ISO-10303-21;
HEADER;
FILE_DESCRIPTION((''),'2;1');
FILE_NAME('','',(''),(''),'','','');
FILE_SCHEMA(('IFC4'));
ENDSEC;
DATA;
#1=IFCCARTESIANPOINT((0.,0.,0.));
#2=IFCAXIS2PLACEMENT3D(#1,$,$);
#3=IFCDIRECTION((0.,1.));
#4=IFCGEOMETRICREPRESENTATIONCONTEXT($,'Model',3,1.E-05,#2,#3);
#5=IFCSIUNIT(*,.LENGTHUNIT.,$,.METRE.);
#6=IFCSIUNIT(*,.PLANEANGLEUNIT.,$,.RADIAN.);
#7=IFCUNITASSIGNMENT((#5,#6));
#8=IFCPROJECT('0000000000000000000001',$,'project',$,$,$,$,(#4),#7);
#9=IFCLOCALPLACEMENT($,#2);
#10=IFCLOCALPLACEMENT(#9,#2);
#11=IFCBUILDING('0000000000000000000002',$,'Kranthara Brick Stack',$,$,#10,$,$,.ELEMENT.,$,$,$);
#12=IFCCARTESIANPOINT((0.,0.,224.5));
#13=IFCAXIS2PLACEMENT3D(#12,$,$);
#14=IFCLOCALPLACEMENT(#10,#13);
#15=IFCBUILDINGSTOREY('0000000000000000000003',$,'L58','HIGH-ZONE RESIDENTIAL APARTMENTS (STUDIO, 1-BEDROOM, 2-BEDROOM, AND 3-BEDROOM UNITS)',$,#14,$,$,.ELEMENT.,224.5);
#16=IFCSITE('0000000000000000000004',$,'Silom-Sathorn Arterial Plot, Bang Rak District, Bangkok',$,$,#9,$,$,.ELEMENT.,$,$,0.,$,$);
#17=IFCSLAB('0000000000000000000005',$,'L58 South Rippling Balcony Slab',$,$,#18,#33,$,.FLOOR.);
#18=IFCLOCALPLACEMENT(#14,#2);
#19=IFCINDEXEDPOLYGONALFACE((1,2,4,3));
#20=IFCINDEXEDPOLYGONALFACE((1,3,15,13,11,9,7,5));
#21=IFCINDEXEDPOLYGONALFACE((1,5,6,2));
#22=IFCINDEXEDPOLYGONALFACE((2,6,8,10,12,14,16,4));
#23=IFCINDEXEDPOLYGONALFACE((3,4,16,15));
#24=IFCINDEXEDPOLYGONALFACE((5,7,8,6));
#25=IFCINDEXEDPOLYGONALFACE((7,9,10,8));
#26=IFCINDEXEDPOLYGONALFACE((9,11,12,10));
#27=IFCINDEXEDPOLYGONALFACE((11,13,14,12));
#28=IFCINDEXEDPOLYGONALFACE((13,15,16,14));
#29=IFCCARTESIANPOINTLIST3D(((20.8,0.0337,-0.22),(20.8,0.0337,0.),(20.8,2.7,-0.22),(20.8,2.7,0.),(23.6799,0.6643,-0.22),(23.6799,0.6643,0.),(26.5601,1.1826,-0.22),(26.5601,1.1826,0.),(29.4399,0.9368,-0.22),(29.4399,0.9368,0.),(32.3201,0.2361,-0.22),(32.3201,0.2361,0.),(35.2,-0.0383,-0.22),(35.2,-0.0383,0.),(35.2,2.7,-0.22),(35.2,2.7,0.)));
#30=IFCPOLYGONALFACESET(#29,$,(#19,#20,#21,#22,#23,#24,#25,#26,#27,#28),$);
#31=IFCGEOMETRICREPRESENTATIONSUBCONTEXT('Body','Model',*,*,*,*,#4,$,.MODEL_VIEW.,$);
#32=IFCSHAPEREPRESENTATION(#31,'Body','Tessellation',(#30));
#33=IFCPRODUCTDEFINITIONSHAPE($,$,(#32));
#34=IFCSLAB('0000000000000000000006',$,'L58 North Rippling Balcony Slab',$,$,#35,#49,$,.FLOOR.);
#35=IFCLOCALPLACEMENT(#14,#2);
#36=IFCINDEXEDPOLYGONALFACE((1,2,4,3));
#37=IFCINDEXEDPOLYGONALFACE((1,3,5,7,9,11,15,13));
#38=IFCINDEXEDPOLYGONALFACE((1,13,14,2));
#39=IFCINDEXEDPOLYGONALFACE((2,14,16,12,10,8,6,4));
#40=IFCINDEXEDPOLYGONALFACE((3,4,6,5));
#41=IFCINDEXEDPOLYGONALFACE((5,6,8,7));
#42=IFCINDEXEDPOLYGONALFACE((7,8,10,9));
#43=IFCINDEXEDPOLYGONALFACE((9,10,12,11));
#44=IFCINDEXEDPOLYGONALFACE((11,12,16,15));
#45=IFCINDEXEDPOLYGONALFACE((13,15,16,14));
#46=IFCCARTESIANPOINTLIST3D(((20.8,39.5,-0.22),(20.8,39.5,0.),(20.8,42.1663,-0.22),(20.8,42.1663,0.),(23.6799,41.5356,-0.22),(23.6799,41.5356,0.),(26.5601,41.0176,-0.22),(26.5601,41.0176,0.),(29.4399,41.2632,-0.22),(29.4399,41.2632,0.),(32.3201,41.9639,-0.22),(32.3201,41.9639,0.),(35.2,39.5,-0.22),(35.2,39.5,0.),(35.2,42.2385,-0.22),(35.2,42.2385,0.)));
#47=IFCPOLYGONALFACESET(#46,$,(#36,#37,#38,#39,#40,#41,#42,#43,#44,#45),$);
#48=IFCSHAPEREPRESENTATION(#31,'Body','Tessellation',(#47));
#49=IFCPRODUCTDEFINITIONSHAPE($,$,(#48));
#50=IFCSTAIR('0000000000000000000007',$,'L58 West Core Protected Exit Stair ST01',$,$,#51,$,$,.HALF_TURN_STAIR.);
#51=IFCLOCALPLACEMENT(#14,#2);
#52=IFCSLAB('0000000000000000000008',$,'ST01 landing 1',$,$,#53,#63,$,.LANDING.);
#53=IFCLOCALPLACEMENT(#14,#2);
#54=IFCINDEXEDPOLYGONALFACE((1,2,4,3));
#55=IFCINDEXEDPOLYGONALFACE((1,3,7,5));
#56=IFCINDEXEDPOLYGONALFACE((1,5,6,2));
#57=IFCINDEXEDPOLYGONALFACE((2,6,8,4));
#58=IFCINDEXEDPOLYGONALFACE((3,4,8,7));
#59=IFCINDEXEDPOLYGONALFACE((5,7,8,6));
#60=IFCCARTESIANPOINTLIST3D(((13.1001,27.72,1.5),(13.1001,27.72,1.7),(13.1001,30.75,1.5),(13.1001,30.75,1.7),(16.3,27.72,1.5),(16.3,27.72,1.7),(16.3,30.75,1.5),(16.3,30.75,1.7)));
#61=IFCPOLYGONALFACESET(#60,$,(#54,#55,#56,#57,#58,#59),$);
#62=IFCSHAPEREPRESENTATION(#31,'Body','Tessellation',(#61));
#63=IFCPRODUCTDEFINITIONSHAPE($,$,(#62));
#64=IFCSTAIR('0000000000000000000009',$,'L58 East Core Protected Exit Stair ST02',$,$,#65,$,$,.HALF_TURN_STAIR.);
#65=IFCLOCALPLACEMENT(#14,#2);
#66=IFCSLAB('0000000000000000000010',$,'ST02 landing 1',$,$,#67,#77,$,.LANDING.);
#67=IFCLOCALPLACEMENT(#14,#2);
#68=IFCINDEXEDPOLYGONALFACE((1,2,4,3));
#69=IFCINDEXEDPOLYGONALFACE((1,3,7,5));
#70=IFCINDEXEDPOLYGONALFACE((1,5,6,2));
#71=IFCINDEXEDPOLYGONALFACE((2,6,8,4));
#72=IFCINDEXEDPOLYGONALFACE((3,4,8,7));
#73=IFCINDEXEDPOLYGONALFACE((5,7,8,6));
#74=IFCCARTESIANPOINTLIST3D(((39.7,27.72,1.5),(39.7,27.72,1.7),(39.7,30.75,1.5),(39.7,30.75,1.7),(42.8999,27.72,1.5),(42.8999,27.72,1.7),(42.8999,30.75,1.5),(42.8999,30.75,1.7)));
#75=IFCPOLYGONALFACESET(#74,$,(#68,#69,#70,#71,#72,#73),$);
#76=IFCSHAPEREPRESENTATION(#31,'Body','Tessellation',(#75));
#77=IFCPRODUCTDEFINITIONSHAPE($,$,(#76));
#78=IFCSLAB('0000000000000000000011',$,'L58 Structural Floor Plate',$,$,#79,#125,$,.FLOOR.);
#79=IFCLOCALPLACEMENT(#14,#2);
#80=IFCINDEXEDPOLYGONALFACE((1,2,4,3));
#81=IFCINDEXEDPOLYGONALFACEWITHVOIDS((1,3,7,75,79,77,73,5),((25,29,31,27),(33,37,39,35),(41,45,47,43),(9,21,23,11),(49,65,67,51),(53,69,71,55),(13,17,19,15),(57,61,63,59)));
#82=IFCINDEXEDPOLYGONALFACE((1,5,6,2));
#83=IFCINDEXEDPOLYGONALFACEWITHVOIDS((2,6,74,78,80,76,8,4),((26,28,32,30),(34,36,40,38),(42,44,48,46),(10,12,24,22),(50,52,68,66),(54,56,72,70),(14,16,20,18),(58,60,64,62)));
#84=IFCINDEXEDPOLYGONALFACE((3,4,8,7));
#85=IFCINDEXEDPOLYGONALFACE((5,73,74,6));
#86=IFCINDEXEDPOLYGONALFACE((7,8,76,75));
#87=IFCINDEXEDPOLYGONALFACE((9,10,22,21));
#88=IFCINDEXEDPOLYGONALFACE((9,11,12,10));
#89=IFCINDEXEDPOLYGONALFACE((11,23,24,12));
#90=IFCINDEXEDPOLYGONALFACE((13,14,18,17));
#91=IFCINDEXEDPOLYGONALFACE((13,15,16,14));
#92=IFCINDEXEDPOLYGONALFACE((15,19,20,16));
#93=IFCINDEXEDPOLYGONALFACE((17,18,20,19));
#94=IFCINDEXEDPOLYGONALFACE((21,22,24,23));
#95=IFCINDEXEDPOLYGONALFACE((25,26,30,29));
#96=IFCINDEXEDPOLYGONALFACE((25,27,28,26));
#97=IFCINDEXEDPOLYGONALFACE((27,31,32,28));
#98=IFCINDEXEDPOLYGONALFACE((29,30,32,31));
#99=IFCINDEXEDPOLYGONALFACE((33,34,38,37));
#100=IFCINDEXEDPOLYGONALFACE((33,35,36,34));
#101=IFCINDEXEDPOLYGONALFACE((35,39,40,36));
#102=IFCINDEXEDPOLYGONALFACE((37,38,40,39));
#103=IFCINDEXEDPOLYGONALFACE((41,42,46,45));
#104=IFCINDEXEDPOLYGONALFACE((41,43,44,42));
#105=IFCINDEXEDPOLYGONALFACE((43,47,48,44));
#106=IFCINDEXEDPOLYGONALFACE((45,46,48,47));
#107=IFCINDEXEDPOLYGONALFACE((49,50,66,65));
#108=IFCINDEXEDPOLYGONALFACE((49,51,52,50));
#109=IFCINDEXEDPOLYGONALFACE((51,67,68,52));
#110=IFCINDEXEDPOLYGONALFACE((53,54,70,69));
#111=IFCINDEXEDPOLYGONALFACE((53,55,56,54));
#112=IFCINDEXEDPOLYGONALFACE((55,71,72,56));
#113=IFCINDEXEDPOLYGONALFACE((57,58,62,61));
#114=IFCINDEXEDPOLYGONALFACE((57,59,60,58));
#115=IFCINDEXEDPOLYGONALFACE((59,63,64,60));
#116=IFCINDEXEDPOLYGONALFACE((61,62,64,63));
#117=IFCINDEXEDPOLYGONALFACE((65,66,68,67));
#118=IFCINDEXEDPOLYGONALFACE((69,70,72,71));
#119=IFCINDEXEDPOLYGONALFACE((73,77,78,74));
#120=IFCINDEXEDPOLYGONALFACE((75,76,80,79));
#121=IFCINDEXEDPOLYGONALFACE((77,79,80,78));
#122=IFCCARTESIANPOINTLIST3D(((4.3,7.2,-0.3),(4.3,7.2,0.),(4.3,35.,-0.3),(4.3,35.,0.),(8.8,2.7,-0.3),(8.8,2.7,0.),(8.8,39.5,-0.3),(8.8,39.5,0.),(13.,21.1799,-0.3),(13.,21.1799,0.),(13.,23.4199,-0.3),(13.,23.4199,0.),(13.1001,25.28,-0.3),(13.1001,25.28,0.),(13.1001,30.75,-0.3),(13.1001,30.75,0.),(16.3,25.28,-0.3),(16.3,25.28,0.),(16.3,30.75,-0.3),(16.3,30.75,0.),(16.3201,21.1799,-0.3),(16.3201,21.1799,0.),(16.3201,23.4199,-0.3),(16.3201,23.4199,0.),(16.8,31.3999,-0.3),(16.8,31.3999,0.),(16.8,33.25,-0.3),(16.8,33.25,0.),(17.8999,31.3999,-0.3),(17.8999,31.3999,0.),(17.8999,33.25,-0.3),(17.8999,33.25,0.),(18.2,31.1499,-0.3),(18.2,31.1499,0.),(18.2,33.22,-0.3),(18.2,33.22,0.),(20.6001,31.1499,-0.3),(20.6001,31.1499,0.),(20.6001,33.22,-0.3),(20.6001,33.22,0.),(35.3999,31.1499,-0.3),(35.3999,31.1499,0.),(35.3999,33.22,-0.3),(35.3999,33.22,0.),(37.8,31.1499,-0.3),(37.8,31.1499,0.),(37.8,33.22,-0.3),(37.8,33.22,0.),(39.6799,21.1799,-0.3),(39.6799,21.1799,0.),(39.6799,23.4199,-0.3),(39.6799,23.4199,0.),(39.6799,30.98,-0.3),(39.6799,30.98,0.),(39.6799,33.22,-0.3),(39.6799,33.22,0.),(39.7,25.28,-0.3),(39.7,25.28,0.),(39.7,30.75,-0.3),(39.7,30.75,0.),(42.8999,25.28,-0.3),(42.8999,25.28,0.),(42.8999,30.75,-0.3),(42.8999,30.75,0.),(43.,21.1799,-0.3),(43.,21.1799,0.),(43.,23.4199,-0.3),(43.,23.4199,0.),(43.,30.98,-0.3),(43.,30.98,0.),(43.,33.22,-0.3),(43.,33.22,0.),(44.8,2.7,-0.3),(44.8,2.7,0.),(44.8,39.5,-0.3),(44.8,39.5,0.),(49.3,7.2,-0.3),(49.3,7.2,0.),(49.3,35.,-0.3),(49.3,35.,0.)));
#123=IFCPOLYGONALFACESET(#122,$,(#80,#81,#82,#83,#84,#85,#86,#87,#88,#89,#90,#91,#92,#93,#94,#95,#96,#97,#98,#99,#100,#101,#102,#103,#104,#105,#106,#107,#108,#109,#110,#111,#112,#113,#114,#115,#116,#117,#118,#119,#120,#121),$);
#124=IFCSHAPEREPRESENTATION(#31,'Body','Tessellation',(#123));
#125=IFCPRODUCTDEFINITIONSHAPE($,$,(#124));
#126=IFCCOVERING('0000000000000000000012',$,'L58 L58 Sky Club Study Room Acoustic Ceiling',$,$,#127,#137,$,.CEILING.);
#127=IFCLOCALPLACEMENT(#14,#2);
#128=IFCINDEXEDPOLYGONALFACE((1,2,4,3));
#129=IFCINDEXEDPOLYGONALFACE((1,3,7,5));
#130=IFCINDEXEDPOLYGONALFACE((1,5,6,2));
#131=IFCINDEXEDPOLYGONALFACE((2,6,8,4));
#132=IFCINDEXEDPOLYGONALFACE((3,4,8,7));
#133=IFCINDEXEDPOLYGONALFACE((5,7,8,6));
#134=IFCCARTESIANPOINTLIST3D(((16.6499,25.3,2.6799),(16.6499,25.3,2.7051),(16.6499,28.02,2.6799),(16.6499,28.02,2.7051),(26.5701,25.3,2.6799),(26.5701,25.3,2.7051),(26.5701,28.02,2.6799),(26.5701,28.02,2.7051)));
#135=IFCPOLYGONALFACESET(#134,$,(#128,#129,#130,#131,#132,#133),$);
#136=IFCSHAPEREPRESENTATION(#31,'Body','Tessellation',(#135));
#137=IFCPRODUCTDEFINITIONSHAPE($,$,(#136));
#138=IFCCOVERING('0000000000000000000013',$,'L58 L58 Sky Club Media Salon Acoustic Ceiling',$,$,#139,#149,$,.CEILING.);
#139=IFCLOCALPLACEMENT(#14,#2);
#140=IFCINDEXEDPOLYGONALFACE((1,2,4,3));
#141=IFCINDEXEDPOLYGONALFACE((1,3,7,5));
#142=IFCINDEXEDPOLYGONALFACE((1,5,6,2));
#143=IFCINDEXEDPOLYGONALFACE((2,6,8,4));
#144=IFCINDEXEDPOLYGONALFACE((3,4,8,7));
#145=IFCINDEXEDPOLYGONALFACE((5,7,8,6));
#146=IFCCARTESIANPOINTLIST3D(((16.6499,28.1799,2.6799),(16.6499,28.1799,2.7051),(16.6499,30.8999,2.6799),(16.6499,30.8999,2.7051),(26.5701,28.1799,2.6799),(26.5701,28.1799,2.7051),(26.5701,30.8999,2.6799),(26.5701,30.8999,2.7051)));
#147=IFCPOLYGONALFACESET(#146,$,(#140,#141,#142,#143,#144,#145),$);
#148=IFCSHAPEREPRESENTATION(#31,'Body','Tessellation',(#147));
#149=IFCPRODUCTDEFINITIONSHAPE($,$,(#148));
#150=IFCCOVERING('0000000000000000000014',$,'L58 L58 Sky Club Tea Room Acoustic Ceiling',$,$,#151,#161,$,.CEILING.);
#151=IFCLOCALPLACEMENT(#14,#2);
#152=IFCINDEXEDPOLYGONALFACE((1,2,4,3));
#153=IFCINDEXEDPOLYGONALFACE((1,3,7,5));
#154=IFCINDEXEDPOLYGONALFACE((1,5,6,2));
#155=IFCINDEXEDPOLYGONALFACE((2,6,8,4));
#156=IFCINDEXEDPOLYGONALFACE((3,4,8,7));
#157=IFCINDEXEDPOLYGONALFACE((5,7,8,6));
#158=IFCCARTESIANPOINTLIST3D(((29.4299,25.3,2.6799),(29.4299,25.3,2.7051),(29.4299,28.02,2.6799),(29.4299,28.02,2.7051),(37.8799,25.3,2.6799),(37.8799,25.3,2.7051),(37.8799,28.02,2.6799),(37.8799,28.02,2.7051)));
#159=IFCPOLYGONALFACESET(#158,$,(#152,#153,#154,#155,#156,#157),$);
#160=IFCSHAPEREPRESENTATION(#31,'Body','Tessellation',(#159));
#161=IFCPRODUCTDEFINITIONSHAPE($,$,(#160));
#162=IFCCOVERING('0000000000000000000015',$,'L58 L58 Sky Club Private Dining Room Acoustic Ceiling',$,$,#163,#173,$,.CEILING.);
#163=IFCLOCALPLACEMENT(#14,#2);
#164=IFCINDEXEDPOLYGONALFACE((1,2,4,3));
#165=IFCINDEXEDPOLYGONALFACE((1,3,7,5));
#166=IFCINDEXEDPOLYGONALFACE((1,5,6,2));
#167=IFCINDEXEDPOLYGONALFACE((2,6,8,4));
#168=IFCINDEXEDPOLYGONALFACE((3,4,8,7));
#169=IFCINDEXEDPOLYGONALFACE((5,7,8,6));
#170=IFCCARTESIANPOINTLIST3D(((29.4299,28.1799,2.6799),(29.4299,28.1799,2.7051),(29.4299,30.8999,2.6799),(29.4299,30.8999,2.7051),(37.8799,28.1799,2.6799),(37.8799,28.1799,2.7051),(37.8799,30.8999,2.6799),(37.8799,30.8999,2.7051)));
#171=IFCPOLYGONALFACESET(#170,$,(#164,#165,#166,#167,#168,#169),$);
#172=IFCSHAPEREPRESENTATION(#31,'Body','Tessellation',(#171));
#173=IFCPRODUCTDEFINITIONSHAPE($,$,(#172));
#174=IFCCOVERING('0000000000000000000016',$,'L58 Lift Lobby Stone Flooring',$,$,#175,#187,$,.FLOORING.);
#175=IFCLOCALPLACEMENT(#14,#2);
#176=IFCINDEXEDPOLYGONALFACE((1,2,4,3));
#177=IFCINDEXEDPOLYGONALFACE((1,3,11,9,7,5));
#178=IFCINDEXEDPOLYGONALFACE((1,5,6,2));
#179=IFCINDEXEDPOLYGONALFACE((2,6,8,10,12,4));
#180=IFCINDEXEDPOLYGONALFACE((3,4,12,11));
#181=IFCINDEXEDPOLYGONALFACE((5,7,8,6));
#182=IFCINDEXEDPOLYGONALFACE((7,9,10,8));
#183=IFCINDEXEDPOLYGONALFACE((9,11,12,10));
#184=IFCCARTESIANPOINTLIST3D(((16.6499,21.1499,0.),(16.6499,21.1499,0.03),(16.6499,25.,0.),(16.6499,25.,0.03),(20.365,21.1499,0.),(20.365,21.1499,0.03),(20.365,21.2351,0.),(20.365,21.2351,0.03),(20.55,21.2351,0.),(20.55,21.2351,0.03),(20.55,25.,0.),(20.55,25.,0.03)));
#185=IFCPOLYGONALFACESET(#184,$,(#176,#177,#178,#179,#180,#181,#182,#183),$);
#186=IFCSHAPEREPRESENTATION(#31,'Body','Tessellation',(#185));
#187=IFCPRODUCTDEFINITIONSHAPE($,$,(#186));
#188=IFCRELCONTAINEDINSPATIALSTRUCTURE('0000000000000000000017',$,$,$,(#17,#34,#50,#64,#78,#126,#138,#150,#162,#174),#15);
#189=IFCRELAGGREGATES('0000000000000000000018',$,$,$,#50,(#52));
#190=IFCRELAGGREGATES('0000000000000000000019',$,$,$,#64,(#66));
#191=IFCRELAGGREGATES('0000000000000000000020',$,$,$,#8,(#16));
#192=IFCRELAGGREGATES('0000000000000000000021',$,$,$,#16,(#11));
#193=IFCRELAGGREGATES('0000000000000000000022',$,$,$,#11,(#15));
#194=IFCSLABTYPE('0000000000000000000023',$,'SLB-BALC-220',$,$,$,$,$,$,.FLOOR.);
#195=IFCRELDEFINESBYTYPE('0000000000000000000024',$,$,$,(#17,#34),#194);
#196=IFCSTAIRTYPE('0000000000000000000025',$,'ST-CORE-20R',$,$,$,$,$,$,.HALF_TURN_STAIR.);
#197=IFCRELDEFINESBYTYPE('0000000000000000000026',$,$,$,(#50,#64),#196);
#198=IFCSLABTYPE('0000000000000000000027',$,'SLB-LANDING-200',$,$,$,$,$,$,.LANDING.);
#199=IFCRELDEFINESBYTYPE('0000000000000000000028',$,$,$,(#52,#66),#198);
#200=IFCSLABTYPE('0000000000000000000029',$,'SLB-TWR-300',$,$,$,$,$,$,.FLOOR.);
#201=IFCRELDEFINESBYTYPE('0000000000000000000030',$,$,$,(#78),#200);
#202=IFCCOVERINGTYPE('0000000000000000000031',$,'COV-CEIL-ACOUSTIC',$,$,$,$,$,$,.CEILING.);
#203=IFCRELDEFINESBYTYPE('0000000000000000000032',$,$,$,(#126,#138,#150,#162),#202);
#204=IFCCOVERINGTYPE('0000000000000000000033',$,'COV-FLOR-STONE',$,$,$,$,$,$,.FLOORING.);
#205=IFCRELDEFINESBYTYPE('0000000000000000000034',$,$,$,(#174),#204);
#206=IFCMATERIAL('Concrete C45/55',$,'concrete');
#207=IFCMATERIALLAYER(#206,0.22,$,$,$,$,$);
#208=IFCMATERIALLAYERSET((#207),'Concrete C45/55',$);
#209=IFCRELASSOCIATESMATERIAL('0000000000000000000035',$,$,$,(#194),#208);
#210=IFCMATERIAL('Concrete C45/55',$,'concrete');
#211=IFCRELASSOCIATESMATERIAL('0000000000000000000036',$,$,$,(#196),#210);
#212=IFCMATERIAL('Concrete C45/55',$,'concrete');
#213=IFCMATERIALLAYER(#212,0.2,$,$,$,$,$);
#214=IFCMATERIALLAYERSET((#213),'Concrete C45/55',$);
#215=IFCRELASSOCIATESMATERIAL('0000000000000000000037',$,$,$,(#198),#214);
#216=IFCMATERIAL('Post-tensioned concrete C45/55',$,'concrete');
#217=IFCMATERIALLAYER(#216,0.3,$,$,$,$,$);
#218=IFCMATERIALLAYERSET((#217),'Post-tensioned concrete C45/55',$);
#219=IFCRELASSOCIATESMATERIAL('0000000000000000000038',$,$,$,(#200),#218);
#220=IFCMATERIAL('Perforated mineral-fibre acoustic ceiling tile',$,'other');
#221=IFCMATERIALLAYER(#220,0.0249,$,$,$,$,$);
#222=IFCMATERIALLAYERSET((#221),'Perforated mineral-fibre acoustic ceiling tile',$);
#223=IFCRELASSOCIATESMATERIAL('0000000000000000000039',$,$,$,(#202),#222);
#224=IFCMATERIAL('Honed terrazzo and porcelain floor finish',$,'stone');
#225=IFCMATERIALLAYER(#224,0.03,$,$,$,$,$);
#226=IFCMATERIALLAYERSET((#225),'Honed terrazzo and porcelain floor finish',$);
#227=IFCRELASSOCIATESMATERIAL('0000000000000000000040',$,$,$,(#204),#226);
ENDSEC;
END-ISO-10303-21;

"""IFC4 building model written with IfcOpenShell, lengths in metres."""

from ifc_helpers import new_model, si_unit, direction, frame, origin, place, context, subcontext, project, spatial, polyline, outline, extrude, material, layer, layer_set, type_object, element, aggregate, save


model = new_model("IFC4")

# Units and contexts
model_context = context("Model", 3, precision=1e-05, world=origin(), true_north=direction((0.0, 1.0)))
body_context = subcontext(model_context, "Body", "Model", "MODEL_VIEW")
ifc_project = project(units=[si_unit("LENGTHUNIT", "METRE"), si_unit("PLANEANGLEUNIT", "RADIAN")], contexts=[model_context])

# Site, building, storey
site_placement = place(None, origin())
site = spatial("IfcSite", under=ifc_project, at=site_placement, Name="Silom-Sathorn Arterial Plot, Bang Rak District, Bangkok", CompositionType="ELEMENT", RefElevation=0.0)
building_placement = place(site_placement, origin())
building = spatial("IfcBuilding", under=site, at=building_placement, Name="Kranthara Brick Stack", CompositionType="ELEMENT")
storey_placement = place(building_placement, frame((0.0, 0.0, 224.5)))
storey = spatial("IfcBuildingStorey", under=building, at=storey_placement, Name="L58", Description="HIGH-ZONE RESIDENTIAL APARTMENTS (STUDIO, 1-BEDROOM, 2-BEDROOM, AND 3-BEDROOM UNITS)", CompositionType="ELEMENT", Elevation=224.5)

# Slabs
ifc_material_1 = material(Name="Concrete C45/55", Category="concrete")
ifc_layer_1 = layer(ifc_material_1, 0.22)
ifc_layer_set_1 = layer_set([ifc_layer_1], Name="Concrete C45/55")
slab_type_1 = type_object("IfcSlabType", Name="SLB-BALC-220", PredefinedType="FLOOR", material=ifc_layer_set_1)
slab_1_placement = place(storey_placement, frame((0.0, 0.0, -0.22)))
element("IfcSlab", 1, at=slab_1_placement, inside=storey, type_object=slab_type_1, Name="L58 South Rippling Balcony Slab", PredefinedType="FLOOR", context=body_context, shape_type="SweptSolid", body=[
    extrude(outline(polyline([(20.8, 2.7), (35.2, 2.7), (35.2, -0.0383), (32.3201, 0.2361), (29.4399, 0.9368), (26.5601, 1.1826), (23.6799, 0.6643), (20.8, 0.0337), (20.8, 2.7)])), origin(), (0.0, 0.0, 1.0), 0.22),
])
slab_2_placement = place(storey_placement, frame((0.0, 0.0, -0.22)))
element("IfcSlab", 2, at=slab_2_placement, inside=storey, type_object=slab_type_1, Name="L58 North Rippling Balcony Slab", PredefinedType="FLOOR", context=body_context, shape_type="SweptSolid", body=[
    extrude(outline(polyline([(35.2, 39.5), (20.8, 39.5), (20.8, 42.1663), (23.6799, 41.5356), (26.5601, 41.0176), (29.4399, 41.2632), (32.3201, 41.9639), (35.2, 42.2385), (35.2, 39.5)])), origin(), (0.0, 0.0, 1.0), 0.22),
])

# Stairs, slabs
ifc_material_2 = material(Name="Concrete C45/55", Category="concrete")
stair_type = type_object("IfcStairType", Name="ST-CORE-20R", PredefinedType="HALF_TURN_STAIR", material=ifc_material_2)
stair_1_placement = place(storey_placement, origin())
stair_1 = element("IfcStair", 3, at=stair_1_placement, inside=storey, type_object=stair_type, Name="L58 West Core Protected Exit Stair ST01", PredefinedType="HALF_TURN_STAIR")
ifc_material_3 = material(Name="Concrete C45/55", Category="concrete")
ifc_layer_2 = layer(ifc_material_3, 0.2)
ifc_layer_set_2 = layer_set([ifc_layer_2], Name="Concrete C45/55")
slab_type_2 = type_object("IfcSlabType", Name="SLB-LANDING-200", PredefinedType="LANDING", material=ifc_layer_set_2)
slab_3_placement = place(storey_placement, frame((0.0, 0.0, 1.5)))
slab_3 = element("IfcSlab", 4, at=slab_3_placement, type_object=slab_type_2, Name="ST01 landing 1", PredefinedType="LANDING", context=body_context, shape_type="SweptSolid", body=[
    extrude(outline(polyline([(16.3, 27.72), (16.3, 30.75), (13.1001, 30.75), (13.1001, 27.72), (16.3, 27.72)])), origin(), (0.0, 0.0, 1.0), 0.2),
])
aggregate(stair_1, [slab_3])
stair_2_placement = place(storey_placement, origin())
stair_2 = element("IfcStair", 5, at=stair_2_placement, inside=storey, type_object=stair_type, Name="L58 East Core Protected Exit Stair ST02", PredefinedType="HALF_TURN_STAIR")
slab_4_placement = place(storey_placement, frame((0.0, 0.0, 1.5)))
slab_4 = element("IfcSlab", 6, at=slab_4_placement, type_object=slab_type_2, Name="ST02 landing 1", PredefinedType="LANDING", context=body_context, shape_type="SweptSolid", body=[
    extrude(outline(polyline([(42.8999, 27.72), (42.8999, 30.75), (39.7, 30.75), (39.7, 27.72), (42.8999, 27.72)])), origin(), (0.0, 0.0, 1.0), 0.2),
])
aggregate(stair_2, [slab_4])

# Slab
ifc_material_4 = material(Name="Post-tensioned concrete C45/55", Category="concrete")
ifc_layer_3 = layer(ifc_material_4, 0.3)
ifc_layer_set_3 = layer_set([ifc_layer_3], Name="Post-tensioned concrete C45/55")
slab_type_3 = type_object("IfcSlabType", Name="SLB-TWR-300", PredefinedType="FLOOR", material=ifc_layer_set_3)
slab_5_placement = place(storey_placement, frame((0.0, 0.0, -0.3)))
element("IfcSlab", 7, at=slab_5_placement, inside=storey, type_object=slab_type_3, Name="L58 Structural Floor Plate", PredefinedType="FLOOR", context=body_context, shape_type="SweptSolid", body=[
    extrude(outline(polyline([(8.8, 2.7), (44.8, 2.7), (49.3, 7.2), (49.3, 35.0), (44.8, 39.5), (8.8, 39.5), (4.3, 35.0), (4.3, 7.2), (8.8, 2.7)]), holes=[polyline([(13.1001, 25.28), (16.3, 25.28), (16.3, 30.75), (13.1001, 30.75), (13.1001, 25.28)]), polyline([(39.7, 25.28), (42.8999, 25.28), (42.8999, 30.75), (39.7, 30.75), (39.7, 25.28)]), polyline([(13.0, 21.1799), (16.3201, 21.1799), (16.3201, 23.4199), (13.0, 23.4199), (13.0, 21.1799)]), polyline([(39.6799, 21.1799), (43.0, 21.1799), (43.0, 23.4199), (39.6799, 23.4199), (39.6799, 21.1799)]), polyline([(39.6799, 30.98), (43.0, 30.98), (43.0, 33.22), (39.6799, 33.22), (39.6799, 30.98)]), polyline([(18.2, 31.1499), (20.6001, 31.1499), (20.6001, 33.22), (18.2, 33.22), (18.2, 31.1499)]), polyline([(35.3999, 31.1499), (37.8, 31.1499), (37.8, 33.22), (35.3999, 33.22), (35.3999, 31.1499)]), polyline([(16.8, 31.3999), (17.8999, 31.3999), (17.8999, 33.25), (16.8, 33.25), (16.8, 31.3999)])]), origin(), (0.0, 0.0, 1.0), 0.3),
])

# Coverings
ifc_material_5 = material(Name="Perforated mineral-fibre acoustic ceiling tile", Category="other")
ifc_layer_4 = layer(ifc_material_5, 0.0249)
ifc_layer_set_4 = layer_set([ifc_layer_4], Name="Perforated mineral-fibre acoustic ceiling tile")
covering_type_1 = type_object("IfcCoveringType", Name="COV-CEIL-ACOUSTIC", PredefinedType="CEILING", material=ifc_layer_set_4)
covering_1_placement = place(storey_placement, frame((0.0, 0.0, 2.6799)))
element("IfcCovering", 8, at=covering_1_placement, inside=storey, type_object=covering_type_1, Name="L58 L58 Sky Club Study Room Acoustic Ceiling", PredefinedType="CEILING", context=body_context, shape_type="SweptSolid", body=[
    extrude(outline(polyline([(26.5701, 25.3), (26.5701, 28.02), (16.6499, 28.02), (16.6499, 25.3), (26.5701, 25.3)])), origin(), (0.0, 0.0, 1.0), 0.0251),
])
covering_2_placement = place(storey_placement, frame((0.0, 0.0, 2.6799)))
element("IfcCovering", 9, at=covering_2_placement, inside=storey, type_object=covering_type_1, Name="L58 L58 Sky Club Media Salon Acoustic Ceiling", PredefinedType="CEILING", context=body_context, shape_type="SweptSolid", body=[
    extrude(outline(polyline([(26.5701, 28.1799), (26.5701, 30.8999), (16.6499, 30.8999), (16.6499, 28.1799), (26.5701, 28.1799)])), origin(), (0.0, 0.0, 1.0), 0.0251),
])
covering_3_placement = place(storey_placement, frame((0.0, 0.0, 2.6799)))
element("IfcCovering", 10, at=covering_3_placement, inside=storey, type_object=covering_type_1, Name="L58 L58 Sky Club Tea Room Acoustic Ceiling", PredefinedType="CEILING", context=body_context, shape_type="SweptSolid", body=[
    extrude(outline(polyline([(37.8799, 25.3), (37.8799, 28.02), (29.4299, 28.02), (29.4299, 25.3), (37.8799, 25.3)])), origin(), (0.0, 0.0, 1.0), 0.0251),
])
covering_4_placement = place(storey_placement, frame((0.0, 0.0, 2.6799)))
element("IfcCovering", 11, at=covering_4_placement, inside=storey, type_object=covering_type_1, Name="L58 L58 Sky Club Private Dining Room Acoustic Ceiling", PredefinedType="CEILING", context=body_context, shape_type="SweptSolid", body=[
    extrude(outline(polyline([(37.8799, 28.1799), (37.8799, 30.8999), (29.4299, 30.8999), (29.4299, 28.1799), (37.8799, 28.1799)])), origin(), (0.0, 0.0, 1.0), 0.0251),
])
ifc_material_6 = material(Name="Honed terrazzo and porcelain floor finish", Category="stone")
ifc_layer_5 = layer(ifc_material_6, 0.03)
ifc_layer_set_5 = layer_set([ifc_layer_5], Name="Honed terrazzo and porcelain floor finish")
covering_type_2 = type_object("IfcCoveringType", Name="COV-FLOR-STONE", PredefinedType="FLOORING", material=ifc_layer_set_5)
covering_5_placement = place(storey_placement, origin())
element("IfcCovering", 12, at=covering_5_placement, inside=storey, type_object=covering_type_2, Name="L58 Lift Lobby Stone Flooring", PredefinedType="FLOORING", context=body_context, shape_type="SweptSolid", body=[
    extrude(outline(polyline([(16.6499, 21.1499), (16.6499, 25.0), (20.55, 25.0), (20.55, 21.2351), (20.365, 21.2351), (20.365, 21.1499), (16.6499, 21.1499)])), origin(), (0.0, 0.0, 1.0), 0.03),
])

save(model, "model.ifc")
